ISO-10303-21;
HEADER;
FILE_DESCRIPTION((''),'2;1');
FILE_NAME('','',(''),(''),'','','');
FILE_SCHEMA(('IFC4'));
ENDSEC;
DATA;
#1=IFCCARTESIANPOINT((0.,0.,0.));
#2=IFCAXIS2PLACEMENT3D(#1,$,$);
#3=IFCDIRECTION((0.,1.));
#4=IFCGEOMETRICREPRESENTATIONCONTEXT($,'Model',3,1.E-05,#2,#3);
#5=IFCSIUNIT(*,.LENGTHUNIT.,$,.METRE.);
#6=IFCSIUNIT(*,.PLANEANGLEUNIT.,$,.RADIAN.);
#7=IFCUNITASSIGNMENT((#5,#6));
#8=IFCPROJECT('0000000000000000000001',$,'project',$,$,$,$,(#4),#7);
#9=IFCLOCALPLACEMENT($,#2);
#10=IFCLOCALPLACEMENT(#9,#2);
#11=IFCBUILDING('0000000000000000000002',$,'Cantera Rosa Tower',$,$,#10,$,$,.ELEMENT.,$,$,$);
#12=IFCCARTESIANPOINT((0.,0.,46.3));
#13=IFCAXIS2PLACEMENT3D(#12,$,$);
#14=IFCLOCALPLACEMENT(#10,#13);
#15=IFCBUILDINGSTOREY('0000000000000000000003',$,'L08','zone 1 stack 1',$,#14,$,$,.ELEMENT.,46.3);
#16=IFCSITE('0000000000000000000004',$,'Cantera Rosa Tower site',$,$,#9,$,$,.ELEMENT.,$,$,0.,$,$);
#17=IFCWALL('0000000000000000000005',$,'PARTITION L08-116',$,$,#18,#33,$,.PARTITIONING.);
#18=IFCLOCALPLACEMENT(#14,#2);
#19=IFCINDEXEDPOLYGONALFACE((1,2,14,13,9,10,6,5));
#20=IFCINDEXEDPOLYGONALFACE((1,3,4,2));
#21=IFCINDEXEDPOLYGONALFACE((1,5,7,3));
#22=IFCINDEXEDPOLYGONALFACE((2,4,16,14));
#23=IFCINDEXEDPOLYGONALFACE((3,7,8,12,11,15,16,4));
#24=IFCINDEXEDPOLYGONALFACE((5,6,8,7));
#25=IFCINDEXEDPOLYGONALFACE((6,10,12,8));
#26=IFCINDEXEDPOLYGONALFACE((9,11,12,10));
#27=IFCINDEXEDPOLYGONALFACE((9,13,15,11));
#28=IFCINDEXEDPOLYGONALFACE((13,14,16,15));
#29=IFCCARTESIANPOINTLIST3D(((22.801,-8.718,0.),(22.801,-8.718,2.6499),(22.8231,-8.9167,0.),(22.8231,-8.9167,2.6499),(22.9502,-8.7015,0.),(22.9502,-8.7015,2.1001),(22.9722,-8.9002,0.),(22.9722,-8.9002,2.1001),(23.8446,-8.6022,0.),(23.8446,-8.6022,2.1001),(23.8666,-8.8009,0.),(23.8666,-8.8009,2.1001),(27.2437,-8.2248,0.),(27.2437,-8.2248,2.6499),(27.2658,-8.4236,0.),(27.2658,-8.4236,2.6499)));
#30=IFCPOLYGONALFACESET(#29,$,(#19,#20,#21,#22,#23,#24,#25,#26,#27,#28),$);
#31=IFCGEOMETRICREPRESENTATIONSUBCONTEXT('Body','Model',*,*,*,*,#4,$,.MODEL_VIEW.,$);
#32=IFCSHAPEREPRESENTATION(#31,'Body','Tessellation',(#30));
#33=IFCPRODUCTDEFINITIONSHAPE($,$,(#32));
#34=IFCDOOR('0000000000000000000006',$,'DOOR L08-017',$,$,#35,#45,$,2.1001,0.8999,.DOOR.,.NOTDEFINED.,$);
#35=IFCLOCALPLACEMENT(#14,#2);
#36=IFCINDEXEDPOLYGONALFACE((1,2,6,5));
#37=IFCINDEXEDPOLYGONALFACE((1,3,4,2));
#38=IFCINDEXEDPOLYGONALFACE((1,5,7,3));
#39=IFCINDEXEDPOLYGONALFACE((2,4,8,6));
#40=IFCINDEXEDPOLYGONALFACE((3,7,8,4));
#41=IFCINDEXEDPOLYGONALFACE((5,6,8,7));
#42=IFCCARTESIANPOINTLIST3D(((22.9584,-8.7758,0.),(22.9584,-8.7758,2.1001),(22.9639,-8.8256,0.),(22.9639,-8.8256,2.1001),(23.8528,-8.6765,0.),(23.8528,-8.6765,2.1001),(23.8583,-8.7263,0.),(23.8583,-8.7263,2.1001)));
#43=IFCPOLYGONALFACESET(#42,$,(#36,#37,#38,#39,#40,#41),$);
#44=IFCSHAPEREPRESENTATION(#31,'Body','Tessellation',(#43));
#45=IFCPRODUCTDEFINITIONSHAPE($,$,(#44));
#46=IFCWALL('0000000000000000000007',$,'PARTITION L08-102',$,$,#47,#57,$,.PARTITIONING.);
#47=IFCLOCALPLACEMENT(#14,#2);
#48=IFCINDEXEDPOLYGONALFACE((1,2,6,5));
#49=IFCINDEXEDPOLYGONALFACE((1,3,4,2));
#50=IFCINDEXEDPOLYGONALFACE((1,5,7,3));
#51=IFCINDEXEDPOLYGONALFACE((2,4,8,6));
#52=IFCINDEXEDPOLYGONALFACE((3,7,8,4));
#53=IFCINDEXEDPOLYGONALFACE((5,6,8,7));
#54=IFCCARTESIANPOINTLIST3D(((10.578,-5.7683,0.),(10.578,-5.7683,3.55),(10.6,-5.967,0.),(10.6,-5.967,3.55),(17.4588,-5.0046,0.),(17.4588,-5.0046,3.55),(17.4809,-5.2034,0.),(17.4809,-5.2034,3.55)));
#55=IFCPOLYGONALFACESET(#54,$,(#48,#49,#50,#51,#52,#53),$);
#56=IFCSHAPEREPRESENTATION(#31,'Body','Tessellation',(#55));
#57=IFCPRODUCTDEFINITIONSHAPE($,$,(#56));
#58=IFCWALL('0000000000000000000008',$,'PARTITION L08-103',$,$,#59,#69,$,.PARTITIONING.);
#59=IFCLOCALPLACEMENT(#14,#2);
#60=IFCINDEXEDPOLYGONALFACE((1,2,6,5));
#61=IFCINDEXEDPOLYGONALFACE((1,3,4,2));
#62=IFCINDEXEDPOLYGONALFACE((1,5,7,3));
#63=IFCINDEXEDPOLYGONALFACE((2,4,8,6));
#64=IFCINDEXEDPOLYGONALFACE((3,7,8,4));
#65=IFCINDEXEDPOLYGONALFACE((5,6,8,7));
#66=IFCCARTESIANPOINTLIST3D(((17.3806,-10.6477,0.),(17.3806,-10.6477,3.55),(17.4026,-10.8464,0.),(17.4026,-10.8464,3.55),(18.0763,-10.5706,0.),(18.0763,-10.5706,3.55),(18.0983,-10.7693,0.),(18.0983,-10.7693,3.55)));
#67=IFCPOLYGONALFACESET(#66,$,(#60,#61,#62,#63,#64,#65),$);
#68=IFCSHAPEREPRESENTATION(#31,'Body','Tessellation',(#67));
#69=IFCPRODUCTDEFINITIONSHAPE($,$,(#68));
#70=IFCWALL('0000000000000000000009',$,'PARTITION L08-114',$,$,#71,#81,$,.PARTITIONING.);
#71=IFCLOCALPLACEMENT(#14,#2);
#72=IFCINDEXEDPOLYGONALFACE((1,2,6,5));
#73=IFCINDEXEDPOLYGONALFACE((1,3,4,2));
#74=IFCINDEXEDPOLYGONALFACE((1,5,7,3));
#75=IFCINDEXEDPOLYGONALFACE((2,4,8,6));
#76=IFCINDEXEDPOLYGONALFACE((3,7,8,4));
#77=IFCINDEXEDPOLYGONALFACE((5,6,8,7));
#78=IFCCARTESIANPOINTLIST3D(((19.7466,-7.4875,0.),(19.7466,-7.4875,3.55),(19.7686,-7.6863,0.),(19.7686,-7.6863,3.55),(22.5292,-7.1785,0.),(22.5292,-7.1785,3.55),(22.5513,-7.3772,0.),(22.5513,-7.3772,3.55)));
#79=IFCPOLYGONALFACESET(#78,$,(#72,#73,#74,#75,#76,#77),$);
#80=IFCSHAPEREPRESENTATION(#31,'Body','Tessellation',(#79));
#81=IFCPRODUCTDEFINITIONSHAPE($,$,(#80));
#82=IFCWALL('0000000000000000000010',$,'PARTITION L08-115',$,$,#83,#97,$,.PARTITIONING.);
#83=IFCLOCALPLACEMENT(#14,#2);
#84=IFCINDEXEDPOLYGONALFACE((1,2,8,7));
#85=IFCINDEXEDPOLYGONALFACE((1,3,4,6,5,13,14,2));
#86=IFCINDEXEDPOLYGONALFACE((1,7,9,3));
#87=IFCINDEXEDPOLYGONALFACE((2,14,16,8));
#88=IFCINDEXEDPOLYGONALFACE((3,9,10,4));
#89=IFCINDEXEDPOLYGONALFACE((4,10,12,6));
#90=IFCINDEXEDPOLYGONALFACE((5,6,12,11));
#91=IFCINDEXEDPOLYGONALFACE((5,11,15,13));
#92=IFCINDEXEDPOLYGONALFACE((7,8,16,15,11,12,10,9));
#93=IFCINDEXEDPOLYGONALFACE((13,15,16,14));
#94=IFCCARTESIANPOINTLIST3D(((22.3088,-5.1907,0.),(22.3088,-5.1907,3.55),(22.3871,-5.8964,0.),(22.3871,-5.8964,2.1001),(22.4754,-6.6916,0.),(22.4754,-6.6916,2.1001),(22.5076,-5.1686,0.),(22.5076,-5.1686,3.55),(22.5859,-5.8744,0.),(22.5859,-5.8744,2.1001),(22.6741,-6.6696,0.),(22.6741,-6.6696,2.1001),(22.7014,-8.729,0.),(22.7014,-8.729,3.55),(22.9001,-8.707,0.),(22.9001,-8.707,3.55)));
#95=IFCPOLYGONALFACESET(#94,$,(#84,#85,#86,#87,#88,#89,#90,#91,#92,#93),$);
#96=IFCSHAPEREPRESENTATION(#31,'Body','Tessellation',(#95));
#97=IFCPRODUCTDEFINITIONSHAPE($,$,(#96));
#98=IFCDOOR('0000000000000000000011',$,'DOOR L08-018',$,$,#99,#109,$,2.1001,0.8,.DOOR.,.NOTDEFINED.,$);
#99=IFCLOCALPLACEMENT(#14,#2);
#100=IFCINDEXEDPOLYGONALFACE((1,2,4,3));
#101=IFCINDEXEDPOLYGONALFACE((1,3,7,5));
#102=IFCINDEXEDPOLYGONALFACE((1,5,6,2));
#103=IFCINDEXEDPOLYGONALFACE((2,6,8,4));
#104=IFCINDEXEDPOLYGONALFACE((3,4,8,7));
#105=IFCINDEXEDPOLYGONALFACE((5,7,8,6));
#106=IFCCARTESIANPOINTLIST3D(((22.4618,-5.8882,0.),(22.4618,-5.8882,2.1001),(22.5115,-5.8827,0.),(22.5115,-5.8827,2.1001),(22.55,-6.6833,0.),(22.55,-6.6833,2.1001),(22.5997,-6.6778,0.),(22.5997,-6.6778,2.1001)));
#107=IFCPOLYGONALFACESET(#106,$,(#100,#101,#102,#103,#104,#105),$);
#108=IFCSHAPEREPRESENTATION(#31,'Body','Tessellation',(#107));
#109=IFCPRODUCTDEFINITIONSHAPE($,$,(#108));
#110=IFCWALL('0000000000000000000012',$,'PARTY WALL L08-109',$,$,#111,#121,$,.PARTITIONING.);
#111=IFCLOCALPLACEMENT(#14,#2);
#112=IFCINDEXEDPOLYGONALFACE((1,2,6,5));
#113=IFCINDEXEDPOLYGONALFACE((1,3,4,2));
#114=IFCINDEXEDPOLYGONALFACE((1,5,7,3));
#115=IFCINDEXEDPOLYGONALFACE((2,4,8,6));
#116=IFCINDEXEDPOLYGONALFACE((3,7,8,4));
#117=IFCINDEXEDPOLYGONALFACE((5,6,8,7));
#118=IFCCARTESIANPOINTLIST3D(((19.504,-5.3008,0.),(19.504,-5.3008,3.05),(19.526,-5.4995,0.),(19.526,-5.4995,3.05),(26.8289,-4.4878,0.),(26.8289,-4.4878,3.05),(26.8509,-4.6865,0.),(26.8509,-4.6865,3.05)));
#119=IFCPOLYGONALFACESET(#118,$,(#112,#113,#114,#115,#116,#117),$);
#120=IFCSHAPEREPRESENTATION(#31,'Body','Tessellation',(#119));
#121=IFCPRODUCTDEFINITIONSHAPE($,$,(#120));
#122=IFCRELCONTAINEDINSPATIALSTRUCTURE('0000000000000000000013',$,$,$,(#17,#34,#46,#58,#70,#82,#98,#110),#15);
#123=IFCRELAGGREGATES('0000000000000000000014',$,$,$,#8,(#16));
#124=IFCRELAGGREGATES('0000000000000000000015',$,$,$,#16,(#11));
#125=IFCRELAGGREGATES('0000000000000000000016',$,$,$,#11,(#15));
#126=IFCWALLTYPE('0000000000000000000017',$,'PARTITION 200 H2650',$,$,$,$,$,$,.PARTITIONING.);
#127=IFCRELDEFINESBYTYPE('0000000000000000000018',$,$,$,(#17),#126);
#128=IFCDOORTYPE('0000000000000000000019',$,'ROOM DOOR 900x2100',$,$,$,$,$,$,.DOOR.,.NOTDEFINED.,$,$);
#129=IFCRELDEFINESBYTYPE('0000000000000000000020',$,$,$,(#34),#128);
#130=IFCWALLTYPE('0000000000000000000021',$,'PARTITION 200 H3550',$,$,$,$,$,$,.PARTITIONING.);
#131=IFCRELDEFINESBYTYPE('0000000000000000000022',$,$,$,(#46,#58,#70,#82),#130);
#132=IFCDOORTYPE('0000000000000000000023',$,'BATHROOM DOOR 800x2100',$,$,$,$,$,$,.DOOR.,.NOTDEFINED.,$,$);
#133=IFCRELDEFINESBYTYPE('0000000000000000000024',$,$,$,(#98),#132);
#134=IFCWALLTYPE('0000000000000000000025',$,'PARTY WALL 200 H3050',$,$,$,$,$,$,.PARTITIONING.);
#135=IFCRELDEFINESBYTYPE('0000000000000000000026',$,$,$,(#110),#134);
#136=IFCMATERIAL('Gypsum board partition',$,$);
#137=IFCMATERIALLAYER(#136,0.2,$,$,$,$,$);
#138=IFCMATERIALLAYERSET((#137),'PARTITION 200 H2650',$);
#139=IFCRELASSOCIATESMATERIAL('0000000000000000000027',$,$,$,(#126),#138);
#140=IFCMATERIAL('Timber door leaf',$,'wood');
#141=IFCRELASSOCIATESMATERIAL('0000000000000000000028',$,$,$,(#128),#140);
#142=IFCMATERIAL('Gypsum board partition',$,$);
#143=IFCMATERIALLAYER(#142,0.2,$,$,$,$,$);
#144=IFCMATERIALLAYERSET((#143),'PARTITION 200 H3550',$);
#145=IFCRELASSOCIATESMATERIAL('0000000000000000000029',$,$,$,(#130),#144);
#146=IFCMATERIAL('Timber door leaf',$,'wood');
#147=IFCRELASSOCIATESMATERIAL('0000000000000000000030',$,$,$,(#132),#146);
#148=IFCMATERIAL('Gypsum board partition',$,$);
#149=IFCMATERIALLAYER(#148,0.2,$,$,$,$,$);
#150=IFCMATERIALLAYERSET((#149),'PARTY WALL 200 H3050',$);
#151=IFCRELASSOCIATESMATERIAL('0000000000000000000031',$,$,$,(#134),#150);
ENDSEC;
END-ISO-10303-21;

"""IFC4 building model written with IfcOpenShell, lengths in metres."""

from ifc_helpers import new_model, si_unit, direction, frame, frame_2d, origin, place, context, subcontext, project, spatial, rectangle, extrude, material, layer, layer_set, type_object, element, fill, save


model = new_model("IFC4")

# Units and contexts
model_context = context("Model", 3, precision=1e-05, world=origin(), true_north=direction((0.0, 1.0)))
body_context = subcontext(model_context, "Body", "Model", "MODEL_VIEW")
ifc_project = project(units=[si_unit("LENGTHUNIT", "METRE"), si_unit("PLANEANGLEUNIT", "RADIAN")], contexts=[model_context])

# Site, building, storey
site_placement = place(None, origin())
site = spatial("IfcSite", under=ifc_project, at=site_placement, Name="Cantera Rosa Tower site", CompositionType="ELEMENT", RefElevation=0.0)
building_placement = place(site_placement, origin())
building = spatial("IfcBuilding", under=site, at=building_placement, Name="Cantera Rosa Tower", CompositionType="ELEMENT")
storey_placement = place(building_placement, frame((0.0, 0.0, 46.3)))
storey = spatial("IfcBuildingStorey", under=building, at=storey_placement, Name="L08", Description="zone 1 stack 1", CompositionType="ELEMENT", Elevation=46.3)

# Wall, opening, door
ifc_material_1 = material(Name="Gypsum board partition")
ifc_layer_1 = layer(ifc_material_1, 0.2)
ifc_layer_set_1 = layer_set([ifc_layer_1], Name="PARTITION 200 H2650")
wall_type_1 = type_object("IfcWallType", Name="PARTITION 200 H2650", PredefinedType="PARTITIONING", material=ifc_layer_set_1)
wall_1_placement = place(storey_placement, frame((27.2546, -8.3242, 0.0), z_axis=(0.0, 0.0, 1.0), x_axis=(-0.993895, -0.11033, 0.0)))
wall_1 = element("IfcWall", 1, at=wall_1_placement, inside=storey, type_object=wall_type_1, Name="PARTITION L08-116", PredefinedType="PARTITIONING", context=body_context, shape_type="SweptSolid", body=[
    extrude(rectangle(XDim=4.47, YDim=0.2, at=frame_2d((2.2349, 0.0))), origin(), (0.0, 0.0, 1.0), 2.6499),
])
opening_1_placement = place(wall_1_placement, frame((3.4199, 0.0, 0.0)))
opening_1 = element("IfcOpeningElement", 2, at=opening_1_placement, cuts=wall_1, PredefinedType="OPENING", context=body_context, shape_type="SweptSolid", body=[
    extrude(rectangle(XDim=0.8999, YDim=2.1001, at=frame_2d((0.45, 1.05))), frame((0.0, 0.1099, 0.0), z_axis=(0.0, -1.0, 0.0), x_axis=(1.0, 0.0, 0.0)), (0.0, 0.0, 1.0), 0.22),
])
ifc_material_2 = material(Name="Timber door leaf", Category="wood")
door_type_1 = type_object("IfcDoorType", Name="ROOM DOOR 900x2100", OperationType="NOTDEFINED", PredefinedType="DOOR", material=ifc_material_2)
door_1_placement = place(opening_1_placement, origin())
door_1 = element("IfcDoor", 3, at=door_1_placement, inside=storey, type_object=door_type_1, Name="DOOR L08-017", OperationType="NOTDEFINED", OverallHeight=2.1001, OverallWidth=0.8999, PredefinedType="DOOR", context=body_context, shape_type="SweptSolid", body=[
    extrude(rectangle(XDim=0.8999, YDim=2.1001, at=frame_2d((0.45, 1.05))), frame((0.0, 0.0249, 0.0), z_axis=(0.0, -1.0, 0.0), x_axis=(1.0, 0.0, 0.0)), (0.0, 0.0, 1.0), 0.05),
])
fill(opening_1, door_1)

# Walls
ifc_material_3 = material(Name="Gypsum board partition")
ifc_layer_2 = layer(ifc_material_3, 0.2)
ifc_layer_set_2 = layer_set([ifc_layer_2], Name="PARTITION 200 H3550")
wall_type_2 = type_object("IfcWallType", Name="PARTITION 200 H3550", PredefinedType="PARTITIONING", material=ifc_layer_set_2)
wall_2_placement = place(storey_placement, frame((17.4697, -5.104, 0.0), z_axis=(0.0, 0.0, 1.0), x_axis=(-0.993897, -0.110308, 0.0)))
element("IfcWall", 4, at=wall_2_placement, inside=storey, type_object=wall_type_2, Name="PARTITION L08-102", PredefinedType="PARTITIONING", context=body_context, shape_type="SweptSolid", body=[
    extrude(rectangle(XDim=6.9231, YDim=0.2, at=frame_2d((3.4614, 0.0))), origin(), (0.0, 0.0, 1.0), 3.55),
])
wall_3_placement = place(storey_placement, frame((18.0874, -10.6699, 0.0), z_axis=(0.0, 0.0, 1.0), x_axis=(-0.993909, -0.110202, 0.0)))
element("IfcWall", 5, at=wall_3_placement, inside=storey, type_object=wall_type_2, Name="PARTITION L08-103", PredefinedType="PARTITIONING", context=body_context, shape_type="SweptSolid", body=[
    extrude(rectangle(XDim=0.7, YDim=0.2, at=frame_2d((0.3501, 0.0))), origin(), (0.0, 0.0, 1.0), 3.55),
])
wall_4_placement = place(storey_placement, frame((22.5403, -7.2778, 0.0), z_axis=(0.0, 0.0, 1.0), x_axis=(-0.993888, -0.110393, 0.0)))
element("IfcWall", 6, at=wall_4_placement, inside=storey, type_object=wall_type_2, Name="PARTITION L08-114", PredefinedType="PARTITIONING", context=body_context, shape_type="SweptSolid", body=[
    extrude(rectangle(XDim=2.7998, YDim=0.2, at=frame_2d((1.3999, 0.0))), origin(), (0.0, 0.0, 1.0), 3.55),
])

# Wall, opening, door
wall_5_placement = place(storey_placement, frame((22.8008, -8.718, 0.0), z_axis=(0.0, 0.0, 1.0), x_axis=(-0.110273, 0.993901, 0.0)))
wall_5 = element("IfcWall", 7, at=wall_5_placement, inside=storey, type_object=wall_type_2, Name="PARTITION L08-115", PredefinedType="PARTITIONING", context=body_context, shape_type="SweptSolid", body=[
    extrude(rectangle(XDim=3.5601, YDim=0.2, at=frame_2d((1.78, 0.0))), origin(), (0.0, 0.0, 1.0), 3.55),
])
opening_2_placement = place(wall_5_placement, frame((2.05, 0.0, 0.0)))
opening_2 = element("IfcOpeningElement", 8, at=opening_2_placement, cuts=wall_5, PredefinedType="OPENING", context=body_context, shape_type="SweptSolid", body=[
    extrude(rectangle(XDim=0.8, YDim=2.1001, at=frame_2d((0.3999, 1.05))), frame((0.0, 0.1099, 0.0), z_axis=(0.0, -1.0, 0.0), x_axis=(1.0, 0.0, 0.0)), (0.0, 0.0, 1.0), 0.22),
])
ifc_material_4 = material(Name="Timber door leaf", Category="wood")
door_type_2 = type_object("IfcDoorType", Name="BATHROOM DOOR 800x2100", OperationType="NOTDEFINED", PredefinedType="DOOR", material=ifc_material_4)
door_2_placement = place(opening_2_placement, origin())
door_2 = element("IfcDoor", 9, at=door_2_placement, inside=storey, type_object=door_type_2, Name="DOOR L08-018", OperationType="NOTDEFINED", OverallHeight=2.1001, OverallWidth=0.8, PredefinedType="DOOR", context=body_context, shape_type="SweptSolid", body=[
    extrude(rectangle(XDim=0.8, YDim=2.1001, at=frame_2d((0.3999, 1.05))), frame((0.0, 0.0249, 0.0), z_axis=(0.0, -1.0, 0.0), x_axis=(1.0, 0.0, 0.0)), (0.0, 0.0, 1.0), 0.05),
])
fill(opening_2, door_2)

# Wall
ifc_material_5 = material(Name="Gypsum board partition")
ifc_layer_3 = layer(ifc_material_5, 0.2)
ifc_layer_set_3 = layer_set([ifc_layer_3], Name="PARTY WALL 200 H3050")
wall_type_3 = type_object("IfcWallType", Name="PARTY WALL 200 H3050", PredefinedType="PARTITIONING", material=ifc_layer_set_3)
wall_6_placement = place(storey_placement, frame((19.5149, -5.4001, 0.0), z_axis=(0.0, 0.0, 1.0), x_axis=(0.993897, 0.110312, 0.0)))
element("IfcWall", 10, at=wall_6_placement, inside=storey, type_object=wall_type_3, Name="PARTY WALL L08-109", PredefinedType="PARTITIONING", context=body_context, shape_type="SweptSolid", body=[
    extrude(rectangle(XDim=7.3699, YDim=0.2, at=frame_2d((3.6851, 0.0))), origin(), (0.0, 0.0, 1.0), 3.05),
])

save(model, "model.ifc")
